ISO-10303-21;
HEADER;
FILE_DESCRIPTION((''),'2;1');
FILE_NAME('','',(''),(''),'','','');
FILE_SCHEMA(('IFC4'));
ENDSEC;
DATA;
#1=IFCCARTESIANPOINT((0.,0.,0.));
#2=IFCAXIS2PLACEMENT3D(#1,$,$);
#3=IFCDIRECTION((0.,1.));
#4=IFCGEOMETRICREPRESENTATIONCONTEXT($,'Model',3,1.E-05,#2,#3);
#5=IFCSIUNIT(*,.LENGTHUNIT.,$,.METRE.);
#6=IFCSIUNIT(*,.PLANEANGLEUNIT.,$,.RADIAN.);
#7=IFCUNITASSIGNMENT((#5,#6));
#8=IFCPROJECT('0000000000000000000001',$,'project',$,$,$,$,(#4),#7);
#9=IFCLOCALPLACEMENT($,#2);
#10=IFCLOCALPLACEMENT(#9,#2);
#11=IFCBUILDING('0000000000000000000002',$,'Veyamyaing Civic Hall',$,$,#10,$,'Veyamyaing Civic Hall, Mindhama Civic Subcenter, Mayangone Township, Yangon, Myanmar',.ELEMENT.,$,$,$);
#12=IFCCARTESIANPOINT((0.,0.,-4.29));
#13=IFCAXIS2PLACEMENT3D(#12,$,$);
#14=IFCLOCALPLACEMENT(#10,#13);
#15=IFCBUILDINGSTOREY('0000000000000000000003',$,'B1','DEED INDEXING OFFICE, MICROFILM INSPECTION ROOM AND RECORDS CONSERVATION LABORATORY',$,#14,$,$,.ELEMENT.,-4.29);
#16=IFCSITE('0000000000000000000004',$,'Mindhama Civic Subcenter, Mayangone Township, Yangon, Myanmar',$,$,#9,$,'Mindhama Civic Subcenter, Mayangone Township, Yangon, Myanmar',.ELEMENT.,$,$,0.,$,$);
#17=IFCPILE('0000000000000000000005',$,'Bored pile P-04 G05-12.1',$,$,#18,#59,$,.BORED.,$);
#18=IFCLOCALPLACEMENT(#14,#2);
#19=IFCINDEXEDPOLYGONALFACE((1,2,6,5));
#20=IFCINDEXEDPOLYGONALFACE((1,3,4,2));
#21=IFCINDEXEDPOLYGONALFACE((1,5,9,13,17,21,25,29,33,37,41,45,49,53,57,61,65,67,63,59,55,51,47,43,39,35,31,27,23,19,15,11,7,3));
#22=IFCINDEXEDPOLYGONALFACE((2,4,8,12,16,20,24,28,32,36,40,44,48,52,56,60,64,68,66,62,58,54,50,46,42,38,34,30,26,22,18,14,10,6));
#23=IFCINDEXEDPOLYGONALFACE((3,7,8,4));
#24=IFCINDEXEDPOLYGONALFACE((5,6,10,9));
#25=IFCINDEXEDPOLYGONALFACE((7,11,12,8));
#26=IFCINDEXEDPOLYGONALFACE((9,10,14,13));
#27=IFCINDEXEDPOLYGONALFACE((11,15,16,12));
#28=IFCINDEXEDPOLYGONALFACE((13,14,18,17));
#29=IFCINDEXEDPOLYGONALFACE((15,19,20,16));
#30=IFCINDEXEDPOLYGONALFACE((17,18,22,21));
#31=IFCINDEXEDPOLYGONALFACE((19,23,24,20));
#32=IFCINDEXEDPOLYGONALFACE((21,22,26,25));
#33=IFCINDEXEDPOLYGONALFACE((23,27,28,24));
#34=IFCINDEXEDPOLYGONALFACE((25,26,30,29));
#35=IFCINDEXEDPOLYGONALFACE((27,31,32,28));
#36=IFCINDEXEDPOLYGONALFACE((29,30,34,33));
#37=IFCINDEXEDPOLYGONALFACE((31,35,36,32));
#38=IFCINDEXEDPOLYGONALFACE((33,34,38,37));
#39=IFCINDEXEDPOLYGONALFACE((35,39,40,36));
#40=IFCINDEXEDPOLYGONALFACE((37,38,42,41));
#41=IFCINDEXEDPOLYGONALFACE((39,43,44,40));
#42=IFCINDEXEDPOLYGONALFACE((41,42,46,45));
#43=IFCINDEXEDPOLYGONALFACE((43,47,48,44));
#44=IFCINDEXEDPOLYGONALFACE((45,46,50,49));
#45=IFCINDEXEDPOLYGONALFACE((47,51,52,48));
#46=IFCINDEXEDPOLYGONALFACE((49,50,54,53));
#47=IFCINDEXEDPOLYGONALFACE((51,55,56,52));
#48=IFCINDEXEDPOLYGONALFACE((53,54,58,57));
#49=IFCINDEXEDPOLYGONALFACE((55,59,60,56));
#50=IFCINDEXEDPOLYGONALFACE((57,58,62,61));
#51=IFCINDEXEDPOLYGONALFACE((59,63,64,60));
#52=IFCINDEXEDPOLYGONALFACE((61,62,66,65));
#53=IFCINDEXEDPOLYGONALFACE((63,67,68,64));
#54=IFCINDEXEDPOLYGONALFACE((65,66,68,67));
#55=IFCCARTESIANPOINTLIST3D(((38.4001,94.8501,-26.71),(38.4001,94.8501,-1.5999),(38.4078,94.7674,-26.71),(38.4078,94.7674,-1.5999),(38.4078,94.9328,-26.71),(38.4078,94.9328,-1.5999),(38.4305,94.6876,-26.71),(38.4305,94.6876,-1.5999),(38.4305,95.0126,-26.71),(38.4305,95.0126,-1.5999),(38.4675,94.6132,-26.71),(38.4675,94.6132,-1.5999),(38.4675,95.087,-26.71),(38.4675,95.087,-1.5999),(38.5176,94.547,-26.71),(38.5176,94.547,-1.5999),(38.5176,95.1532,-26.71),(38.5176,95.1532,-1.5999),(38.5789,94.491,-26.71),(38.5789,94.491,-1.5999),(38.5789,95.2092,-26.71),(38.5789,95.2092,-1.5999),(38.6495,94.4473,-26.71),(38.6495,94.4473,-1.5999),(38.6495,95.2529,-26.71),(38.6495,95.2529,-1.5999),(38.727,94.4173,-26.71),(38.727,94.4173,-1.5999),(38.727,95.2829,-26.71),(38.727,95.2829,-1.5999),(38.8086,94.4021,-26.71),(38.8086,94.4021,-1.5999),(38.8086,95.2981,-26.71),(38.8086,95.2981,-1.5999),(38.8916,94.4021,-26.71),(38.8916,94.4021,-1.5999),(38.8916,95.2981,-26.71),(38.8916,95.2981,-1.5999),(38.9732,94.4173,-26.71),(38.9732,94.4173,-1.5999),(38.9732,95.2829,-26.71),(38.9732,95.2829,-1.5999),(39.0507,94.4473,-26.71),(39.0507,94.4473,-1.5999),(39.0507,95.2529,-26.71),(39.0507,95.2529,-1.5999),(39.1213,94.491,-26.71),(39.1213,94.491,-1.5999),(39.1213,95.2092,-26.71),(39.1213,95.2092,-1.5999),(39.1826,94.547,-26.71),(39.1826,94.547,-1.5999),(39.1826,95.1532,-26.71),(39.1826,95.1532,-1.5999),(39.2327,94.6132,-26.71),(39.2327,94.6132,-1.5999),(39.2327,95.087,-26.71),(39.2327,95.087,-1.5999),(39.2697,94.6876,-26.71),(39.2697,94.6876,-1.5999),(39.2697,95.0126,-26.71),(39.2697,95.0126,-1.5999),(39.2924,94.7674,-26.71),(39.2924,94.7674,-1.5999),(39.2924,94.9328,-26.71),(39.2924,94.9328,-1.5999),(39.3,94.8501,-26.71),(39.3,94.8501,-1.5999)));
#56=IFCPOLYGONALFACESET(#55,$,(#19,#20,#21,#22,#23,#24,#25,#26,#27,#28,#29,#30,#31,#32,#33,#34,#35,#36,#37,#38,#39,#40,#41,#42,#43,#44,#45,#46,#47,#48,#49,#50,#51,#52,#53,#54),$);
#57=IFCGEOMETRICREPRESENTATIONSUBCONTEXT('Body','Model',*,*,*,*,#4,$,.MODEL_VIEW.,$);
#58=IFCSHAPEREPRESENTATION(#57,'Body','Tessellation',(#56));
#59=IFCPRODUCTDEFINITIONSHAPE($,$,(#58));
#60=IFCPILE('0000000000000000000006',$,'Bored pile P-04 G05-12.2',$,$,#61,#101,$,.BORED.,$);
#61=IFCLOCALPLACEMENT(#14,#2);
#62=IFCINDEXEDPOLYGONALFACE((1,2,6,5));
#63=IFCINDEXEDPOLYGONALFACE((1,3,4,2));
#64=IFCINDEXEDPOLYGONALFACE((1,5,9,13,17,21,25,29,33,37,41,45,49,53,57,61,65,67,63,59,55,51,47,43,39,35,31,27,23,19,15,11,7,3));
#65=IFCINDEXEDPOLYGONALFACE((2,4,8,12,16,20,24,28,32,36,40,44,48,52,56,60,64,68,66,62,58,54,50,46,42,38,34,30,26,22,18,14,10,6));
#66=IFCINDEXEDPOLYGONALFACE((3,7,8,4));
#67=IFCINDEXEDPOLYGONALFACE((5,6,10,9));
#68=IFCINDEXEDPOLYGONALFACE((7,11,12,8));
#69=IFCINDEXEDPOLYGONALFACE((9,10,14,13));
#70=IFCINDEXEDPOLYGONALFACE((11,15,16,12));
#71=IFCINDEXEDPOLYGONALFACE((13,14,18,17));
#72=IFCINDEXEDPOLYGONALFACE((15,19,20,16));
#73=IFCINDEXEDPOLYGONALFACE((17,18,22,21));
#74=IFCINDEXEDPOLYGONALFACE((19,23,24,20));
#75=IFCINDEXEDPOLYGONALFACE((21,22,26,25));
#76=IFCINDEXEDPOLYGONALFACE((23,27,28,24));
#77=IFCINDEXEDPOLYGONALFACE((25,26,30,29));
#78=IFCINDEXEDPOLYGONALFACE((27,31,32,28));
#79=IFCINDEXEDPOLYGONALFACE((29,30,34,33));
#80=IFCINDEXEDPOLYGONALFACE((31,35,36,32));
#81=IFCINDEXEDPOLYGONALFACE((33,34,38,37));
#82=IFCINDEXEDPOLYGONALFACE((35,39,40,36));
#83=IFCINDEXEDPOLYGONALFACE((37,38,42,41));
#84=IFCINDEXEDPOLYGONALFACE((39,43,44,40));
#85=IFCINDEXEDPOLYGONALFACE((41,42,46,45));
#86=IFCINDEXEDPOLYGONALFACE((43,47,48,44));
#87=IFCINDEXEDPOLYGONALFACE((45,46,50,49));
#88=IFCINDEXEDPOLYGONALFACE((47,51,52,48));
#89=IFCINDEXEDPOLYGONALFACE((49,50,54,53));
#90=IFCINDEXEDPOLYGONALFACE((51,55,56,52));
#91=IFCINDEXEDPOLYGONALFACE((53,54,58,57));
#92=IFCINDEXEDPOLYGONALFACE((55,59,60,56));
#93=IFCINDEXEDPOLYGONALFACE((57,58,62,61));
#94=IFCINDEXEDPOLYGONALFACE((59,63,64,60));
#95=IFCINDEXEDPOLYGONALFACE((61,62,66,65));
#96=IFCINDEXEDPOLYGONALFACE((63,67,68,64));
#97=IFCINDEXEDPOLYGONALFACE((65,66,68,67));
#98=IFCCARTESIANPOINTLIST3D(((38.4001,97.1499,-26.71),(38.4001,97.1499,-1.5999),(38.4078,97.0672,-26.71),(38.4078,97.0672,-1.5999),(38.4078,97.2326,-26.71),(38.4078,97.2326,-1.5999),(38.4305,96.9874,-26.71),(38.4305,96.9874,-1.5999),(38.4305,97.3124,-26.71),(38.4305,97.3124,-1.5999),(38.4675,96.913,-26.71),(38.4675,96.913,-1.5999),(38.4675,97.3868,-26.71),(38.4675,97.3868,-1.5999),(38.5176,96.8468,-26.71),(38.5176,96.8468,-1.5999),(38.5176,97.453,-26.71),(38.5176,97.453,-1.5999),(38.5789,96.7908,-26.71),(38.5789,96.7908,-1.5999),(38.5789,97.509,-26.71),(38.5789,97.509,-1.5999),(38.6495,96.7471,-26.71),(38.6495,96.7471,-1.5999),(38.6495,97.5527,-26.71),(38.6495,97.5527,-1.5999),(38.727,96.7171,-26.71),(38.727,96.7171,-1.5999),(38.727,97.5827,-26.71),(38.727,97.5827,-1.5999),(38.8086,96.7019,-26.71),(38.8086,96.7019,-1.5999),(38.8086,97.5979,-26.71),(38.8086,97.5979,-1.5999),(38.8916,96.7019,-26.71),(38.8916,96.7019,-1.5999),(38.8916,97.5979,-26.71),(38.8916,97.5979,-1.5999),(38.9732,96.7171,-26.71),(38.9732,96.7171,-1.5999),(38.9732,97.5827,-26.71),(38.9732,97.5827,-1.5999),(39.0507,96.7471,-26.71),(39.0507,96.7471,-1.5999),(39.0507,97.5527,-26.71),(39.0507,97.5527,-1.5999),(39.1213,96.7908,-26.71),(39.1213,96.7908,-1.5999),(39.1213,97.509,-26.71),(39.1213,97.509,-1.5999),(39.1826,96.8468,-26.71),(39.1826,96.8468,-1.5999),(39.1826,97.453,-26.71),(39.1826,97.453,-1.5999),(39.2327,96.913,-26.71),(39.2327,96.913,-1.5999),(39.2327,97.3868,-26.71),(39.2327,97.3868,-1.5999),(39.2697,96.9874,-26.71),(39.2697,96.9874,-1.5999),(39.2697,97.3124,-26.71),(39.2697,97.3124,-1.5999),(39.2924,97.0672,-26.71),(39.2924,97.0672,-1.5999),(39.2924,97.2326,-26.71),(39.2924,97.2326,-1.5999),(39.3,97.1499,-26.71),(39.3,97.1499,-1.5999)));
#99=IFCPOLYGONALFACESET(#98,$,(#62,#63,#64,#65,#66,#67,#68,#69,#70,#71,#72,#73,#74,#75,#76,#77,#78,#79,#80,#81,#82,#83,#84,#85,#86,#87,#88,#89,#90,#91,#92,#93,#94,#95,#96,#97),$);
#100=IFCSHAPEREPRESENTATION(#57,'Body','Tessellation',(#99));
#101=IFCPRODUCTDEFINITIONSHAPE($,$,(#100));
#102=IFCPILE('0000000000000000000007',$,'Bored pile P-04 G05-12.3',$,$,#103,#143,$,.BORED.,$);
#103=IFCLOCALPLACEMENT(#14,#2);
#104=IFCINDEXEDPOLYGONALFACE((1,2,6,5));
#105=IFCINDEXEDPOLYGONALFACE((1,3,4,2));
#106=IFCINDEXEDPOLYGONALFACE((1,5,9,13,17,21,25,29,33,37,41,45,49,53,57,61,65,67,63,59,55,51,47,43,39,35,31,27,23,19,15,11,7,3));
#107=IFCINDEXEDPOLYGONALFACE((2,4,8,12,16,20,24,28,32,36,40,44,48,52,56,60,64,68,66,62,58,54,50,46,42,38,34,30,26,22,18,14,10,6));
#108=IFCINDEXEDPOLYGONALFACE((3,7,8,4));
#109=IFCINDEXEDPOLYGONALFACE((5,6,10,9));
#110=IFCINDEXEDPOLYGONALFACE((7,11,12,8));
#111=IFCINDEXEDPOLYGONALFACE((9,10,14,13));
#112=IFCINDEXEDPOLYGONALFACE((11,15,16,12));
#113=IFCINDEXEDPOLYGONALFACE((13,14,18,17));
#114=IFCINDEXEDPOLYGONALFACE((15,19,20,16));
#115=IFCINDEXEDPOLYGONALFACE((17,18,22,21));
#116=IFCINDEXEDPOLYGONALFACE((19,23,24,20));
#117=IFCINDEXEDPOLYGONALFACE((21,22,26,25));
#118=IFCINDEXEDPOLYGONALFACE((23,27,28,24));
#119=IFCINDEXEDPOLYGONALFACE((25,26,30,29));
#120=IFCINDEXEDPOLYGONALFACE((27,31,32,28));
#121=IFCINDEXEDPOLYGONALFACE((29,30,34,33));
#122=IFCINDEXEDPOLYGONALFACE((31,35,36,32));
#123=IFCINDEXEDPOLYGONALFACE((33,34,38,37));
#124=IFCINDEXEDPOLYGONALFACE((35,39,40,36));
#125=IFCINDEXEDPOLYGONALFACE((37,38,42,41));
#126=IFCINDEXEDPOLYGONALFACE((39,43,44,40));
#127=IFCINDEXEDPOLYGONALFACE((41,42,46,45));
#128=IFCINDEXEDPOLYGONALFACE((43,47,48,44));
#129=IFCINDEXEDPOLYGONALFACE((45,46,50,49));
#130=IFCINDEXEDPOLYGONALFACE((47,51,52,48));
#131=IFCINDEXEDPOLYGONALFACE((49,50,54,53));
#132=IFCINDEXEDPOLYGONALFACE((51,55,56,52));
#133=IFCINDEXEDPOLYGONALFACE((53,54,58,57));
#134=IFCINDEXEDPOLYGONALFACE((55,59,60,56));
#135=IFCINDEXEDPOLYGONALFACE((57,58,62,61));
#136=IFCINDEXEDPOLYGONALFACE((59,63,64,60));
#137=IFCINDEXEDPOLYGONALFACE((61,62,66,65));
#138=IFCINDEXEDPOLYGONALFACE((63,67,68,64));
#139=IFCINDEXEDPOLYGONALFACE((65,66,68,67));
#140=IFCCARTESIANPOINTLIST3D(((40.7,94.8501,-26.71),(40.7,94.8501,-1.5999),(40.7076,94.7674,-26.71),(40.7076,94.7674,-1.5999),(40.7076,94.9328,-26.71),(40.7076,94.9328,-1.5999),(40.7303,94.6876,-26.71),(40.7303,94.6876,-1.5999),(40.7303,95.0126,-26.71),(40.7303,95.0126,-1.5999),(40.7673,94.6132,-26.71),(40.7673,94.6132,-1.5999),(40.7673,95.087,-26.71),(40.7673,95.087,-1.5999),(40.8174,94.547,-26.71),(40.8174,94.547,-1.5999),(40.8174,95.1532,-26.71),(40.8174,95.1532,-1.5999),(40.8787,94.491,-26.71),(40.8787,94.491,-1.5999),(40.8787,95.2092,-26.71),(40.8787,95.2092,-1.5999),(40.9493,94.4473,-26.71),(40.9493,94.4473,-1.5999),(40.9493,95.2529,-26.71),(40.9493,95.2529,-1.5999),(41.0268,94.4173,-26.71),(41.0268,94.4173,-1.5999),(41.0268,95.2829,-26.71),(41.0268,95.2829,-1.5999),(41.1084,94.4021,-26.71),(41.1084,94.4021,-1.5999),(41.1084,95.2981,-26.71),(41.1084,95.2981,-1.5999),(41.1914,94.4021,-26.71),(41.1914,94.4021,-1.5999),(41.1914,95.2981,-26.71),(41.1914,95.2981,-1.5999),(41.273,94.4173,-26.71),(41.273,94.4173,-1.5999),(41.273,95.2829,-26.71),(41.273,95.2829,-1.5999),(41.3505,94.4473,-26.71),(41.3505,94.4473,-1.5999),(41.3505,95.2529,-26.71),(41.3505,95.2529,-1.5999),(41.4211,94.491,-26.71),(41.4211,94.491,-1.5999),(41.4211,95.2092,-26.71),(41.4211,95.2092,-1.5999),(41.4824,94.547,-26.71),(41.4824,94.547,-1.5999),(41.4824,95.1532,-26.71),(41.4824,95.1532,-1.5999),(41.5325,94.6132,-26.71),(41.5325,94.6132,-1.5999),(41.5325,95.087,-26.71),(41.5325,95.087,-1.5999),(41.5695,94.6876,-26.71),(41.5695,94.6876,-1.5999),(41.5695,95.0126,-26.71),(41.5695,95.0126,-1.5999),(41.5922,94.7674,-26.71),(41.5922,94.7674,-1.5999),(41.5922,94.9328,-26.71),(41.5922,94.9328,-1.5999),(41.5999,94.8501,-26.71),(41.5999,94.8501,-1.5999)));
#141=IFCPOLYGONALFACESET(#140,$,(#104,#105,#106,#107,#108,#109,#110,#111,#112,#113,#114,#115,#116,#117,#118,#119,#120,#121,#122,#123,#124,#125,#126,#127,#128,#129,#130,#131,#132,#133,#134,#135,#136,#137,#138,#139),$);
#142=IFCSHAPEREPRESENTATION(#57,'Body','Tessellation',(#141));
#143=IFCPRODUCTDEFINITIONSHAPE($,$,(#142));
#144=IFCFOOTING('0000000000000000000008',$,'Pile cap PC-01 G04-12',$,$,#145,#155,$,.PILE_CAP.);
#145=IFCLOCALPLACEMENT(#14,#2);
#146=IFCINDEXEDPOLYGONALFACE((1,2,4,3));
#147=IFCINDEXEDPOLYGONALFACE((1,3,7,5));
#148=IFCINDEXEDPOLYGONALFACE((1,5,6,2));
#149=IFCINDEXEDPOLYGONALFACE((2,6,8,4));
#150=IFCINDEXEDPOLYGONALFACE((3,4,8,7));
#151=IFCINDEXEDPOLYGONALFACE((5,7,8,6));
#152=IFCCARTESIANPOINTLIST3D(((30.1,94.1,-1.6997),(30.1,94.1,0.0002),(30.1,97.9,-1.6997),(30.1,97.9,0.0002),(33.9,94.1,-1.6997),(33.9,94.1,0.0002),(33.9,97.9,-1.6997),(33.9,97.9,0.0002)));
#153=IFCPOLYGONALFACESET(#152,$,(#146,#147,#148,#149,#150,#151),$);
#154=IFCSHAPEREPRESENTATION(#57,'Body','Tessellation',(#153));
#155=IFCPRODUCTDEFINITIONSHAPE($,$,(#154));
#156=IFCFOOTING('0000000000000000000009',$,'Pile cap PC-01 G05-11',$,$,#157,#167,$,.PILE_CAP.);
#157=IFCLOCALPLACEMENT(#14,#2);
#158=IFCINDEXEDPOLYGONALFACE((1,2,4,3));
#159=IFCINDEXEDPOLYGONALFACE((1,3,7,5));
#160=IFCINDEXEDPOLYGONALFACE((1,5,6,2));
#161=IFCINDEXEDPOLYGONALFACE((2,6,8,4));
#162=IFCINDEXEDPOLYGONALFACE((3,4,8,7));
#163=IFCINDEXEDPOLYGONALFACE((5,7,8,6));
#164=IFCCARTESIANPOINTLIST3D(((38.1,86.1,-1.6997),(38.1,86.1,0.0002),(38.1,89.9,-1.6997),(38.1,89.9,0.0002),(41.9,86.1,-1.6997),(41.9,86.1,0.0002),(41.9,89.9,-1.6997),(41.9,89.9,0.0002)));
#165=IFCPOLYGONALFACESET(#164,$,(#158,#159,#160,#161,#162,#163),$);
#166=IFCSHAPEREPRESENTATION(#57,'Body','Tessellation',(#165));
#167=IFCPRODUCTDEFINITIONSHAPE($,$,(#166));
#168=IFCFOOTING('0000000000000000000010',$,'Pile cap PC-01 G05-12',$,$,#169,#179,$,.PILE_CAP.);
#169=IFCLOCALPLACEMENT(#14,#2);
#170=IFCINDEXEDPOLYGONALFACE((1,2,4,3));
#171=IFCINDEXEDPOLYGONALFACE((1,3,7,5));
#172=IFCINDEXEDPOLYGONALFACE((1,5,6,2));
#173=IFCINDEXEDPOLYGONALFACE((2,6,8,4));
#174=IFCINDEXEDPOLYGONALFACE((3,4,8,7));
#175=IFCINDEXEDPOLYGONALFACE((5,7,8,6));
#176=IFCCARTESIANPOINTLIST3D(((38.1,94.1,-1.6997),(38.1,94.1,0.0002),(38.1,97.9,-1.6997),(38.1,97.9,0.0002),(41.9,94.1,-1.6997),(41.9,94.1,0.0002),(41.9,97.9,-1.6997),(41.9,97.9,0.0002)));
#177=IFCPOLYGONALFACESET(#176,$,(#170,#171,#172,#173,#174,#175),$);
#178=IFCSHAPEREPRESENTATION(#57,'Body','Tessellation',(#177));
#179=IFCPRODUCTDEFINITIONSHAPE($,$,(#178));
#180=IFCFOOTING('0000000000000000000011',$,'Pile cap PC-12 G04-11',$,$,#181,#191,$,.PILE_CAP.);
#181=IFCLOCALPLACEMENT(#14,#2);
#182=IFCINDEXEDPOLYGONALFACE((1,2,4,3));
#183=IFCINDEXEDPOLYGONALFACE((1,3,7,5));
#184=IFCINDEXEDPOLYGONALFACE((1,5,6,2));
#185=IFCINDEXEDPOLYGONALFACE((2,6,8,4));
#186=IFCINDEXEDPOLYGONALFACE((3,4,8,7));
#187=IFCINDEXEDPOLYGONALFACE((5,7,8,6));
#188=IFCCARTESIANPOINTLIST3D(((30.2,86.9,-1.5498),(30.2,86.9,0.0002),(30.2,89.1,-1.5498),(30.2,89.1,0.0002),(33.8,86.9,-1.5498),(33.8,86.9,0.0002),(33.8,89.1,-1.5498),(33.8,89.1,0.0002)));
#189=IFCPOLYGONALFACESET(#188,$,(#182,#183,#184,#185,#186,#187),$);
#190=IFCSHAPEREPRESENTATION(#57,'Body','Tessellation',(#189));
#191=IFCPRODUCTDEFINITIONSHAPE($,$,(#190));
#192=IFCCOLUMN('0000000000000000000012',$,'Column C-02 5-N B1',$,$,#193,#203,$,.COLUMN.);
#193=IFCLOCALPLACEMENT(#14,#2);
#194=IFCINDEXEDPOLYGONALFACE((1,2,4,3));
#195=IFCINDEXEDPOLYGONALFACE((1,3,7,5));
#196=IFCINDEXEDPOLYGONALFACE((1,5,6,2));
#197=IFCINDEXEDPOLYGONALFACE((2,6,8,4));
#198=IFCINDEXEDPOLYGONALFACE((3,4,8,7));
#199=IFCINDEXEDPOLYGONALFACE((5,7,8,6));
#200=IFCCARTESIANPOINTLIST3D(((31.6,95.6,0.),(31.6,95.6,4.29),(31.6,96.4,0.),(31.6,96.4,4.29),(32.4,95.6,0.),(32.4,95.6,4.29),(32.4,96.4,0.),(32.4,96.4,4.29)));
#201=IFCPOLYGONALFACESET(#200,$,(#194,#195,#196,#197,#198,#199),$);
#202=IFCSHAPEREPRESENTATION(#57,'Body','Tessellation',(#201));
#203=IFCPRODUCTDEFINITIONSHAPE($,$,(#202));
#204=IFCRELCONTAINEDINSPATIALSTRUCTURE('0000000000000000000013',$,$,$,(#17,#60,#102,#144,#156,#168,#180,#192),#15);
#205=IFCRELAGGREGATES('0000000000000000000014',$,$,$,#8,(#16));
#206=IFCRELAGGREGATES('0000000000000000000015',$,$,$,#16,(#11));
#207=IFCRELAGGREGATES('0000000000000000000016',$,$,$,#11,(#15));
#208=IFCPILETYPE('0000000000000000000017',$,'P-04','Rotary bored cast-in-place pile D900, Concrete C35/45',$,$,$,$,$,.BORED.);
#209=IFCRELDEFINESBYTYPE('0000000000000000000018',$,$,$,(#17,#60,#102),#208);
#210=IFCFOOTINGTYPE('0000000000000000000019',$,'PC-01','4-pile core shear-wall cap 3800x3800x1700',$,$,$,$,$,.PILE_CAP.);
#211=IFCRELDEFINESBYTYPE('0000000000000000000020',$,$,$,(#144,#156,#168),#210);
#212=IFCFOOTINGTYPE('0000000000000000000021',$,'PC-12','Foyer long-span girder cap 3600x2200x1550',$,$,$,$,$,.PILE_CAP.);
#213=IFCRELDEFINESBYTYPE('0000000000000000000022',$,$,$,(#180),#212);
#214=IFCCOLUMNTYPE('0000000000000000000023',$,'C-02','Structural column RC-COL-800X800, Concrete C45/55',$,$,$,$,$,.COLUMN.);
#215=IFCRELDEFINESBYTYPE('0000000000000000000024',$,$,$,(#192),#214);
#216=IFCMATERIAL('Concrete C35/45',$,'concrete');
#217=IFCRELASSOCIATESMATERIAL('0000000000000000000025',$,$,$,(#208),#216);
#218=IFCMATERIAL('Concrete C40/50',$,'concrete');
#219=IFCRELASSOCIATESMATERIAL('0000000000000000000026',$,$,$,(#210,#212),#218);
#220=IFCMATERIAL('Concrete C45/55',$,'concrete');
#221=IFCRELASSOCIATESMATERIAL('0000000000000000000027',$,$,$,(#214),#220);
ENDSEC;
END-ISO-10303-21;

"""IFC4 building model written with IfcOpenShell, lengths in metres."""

from ifc_helpers import new_model, si_unit, direction, frame, origin, origin_2d, place, context, subcontext, project, spatial, rectangle, circle, extrude, material, material_profile, profile_set, type_object, element, save


model = new_model("IFC4")

# Units and contexts
model_context = context("Model", 3, precision=1e-05, world=origin(), true_north=direction((0.0, 1.0)))
body_context = subcontext(model_context, "Body", "Model", "MODEL_VIEW")
ifc_project = project(units=[si_unit("LENGTHUNIT", "METRE"), si_unit("PLANEANGLEUNIT", "RADIAN")], contexts=[model_context])

# Site, building, storey
site_placement = place(None, origin())
site = spatial("IfcSite", under=ifc_project, at=site_placement, Name="Mindhama Civic Subcenter, Mayangone Township, Yangon, Myanmar", LongName="Mindhama Civic Subcenter, Mayangone Township, Yangon, Myanmar", CompositionType="ELEMENT", RefElevation=0.0)
building_placement = place(site_placement, origin())
building = spatial("IfcBuilding", under=site, at=building_placement, Name="Veyamyaing Civic Hall", LongName="Veyamyaing Civic Hall, Mindhama Civic Subcenter, Mayangone Township, Yangon, Myanmar", CompositionType="ELEMENT")
storey_placement = place(building_placement, frame((0.0, 0.0, -4.29)))
storey = spatial("IfcBuildingStorey", under=building, at=storey_placement, Name="B1", Description="DEED INDEXING OFFICE, MICROFILM INSPECTION ROOM AND RECORDS CONSERVATION LABORATORY", CompositionType="ELEMENT", Elevation=-4.29)

# Shared definitions
ifc_material_1 = material(Name="Concrete C40/50", Category="concrete")

# Piles
ifc_material_2 = material(Name="Concrete C35/45", Category="concrete")
ifc_material_profile_1 = material_profile(ifc_material_2, circle(Radius=0.45, at=origin_2d()), Name="PILE-D900")
ifc_profile_set_1 = profile_set([ifc_material_profile_1], Name="Concrete C35/45")
pile_type_1 = type_object("IfcPileType", Name="P-04", Description="Rotary bored cast-in-place pile D900, Concrete C35/45", PredefinedType="BORED", material=ifc_profile_set_1)
for number, where, z_axis, x_axis, name in (
    (1, (38.8501, 94.8501, -1.5999), (0.0, 0.0, -1.0), (1.0, 0.0, 0.0), "Bored pile P-04 G05-12.1"),
    (2, (38.8501, 97.1499, -1.5999), (0.0, 0.0, -1.0), (1.0, 0.0, 0.0), "Bored pile P-04 G05-12.2"),
    (3, (41.1499, 94.8501, -1.5999), (0.0, 0.0, -1.0), (1.0, 0.0, 0.0), "Bored pile P-04 G05-12.3"),
):
    element("IfcPile", number, at=place(storey_placement, frame(where, z_axis=z_axis, x_axis=x_axis)), inside=storey, type_object=pile_type_1, Name=name, PredefinedType="BORED", context=body_context, shape_type="SweptSolid", body=[
        extrude(circle(Radius=0.45, at=origin_2d()), origin(), (0.0, 0.0, 1.0), 25.1101),
    ])

# Footings
footing_type_1 = type_object("IfcFootingType", Name="PC-01", Description="4-pile core shear-wall cap 3800x3800x1700", PredefinedType="PILE_CAP", material=ifc_material_1)
for number, where, z_axis, x_axis, name in (
    (4, (32.0, 96.0, -1.6997), (0.0, 0.0, 1.0), (1.0, 0.0, 0.0), "Pile cap PC-01 G04-12"),
    (5, (40.0, 88.0, -1.6997), (0.0, 0.0, 1.0), (1.0, 0.0, 0.0), "Pile cap PC-01 G05-11"),
    (6, (40.0, 96.0, -1.6997), (0.0, 0.0, 1.0), (1.0, 0.0, 0.0), "Pile cap PC-01 G05-12"),
):
    element("IfcFooting", number, at=place(storey_placement, frame(where, z_axis=z_axis, x_axis=x_axis)), inside=storey, type_object=footing_type_1, Name=name, PredefinedType="PILE_CAP", context=body_context, shape_type="SweptSolid", body=[
        extrude(rectangle(XDim=3.8, YDim=3.8, at=origin_2d()), origin(), (0.0, 0.0, 1.0), 1.7),
    ])
footing_type_2 = type_object("IfcFootingType", Name="PC-12", Description="Foyer long-span girder cap 3600x2200x1550", PredefinedType="PILE_CAP", material=ifc_material_1)
footing_1_placement = place(storey_placement, frame((32.0, 88.0, -1.5498), z_axis=(0.0, 0.0, 1.0), x_axis=(1.0, 0.0, 0.0)))
element("IfcFooting", 7, at=footing_1_placement, inside=storey, type_object=footing_type_2, Name="Pile cap PC-12 G04-11", PredefinedType="PILE_CAP", context=body_context, shape_type="SweptSolid", body=[
    extrude(rectangle(XDim=3.6001, YDim=2.2, at=origin_2d()), origin(), (0.0, 0.0, 1.0), 1.55),
])

# Column
ifc_material_3 = material(Name="Concrete C45/55", Category="concrete")
ifc_material_profile_2 = material_profile(ifc_material_3, rectangle(XDim=0.8, YDim=0.8, at=origin_2d()), Name="RC-COL-800X800")
ifc_profile_set_2 = profile_set([ifc_material_profile_2], Name="Concrete C45/55")
column_type_1 = type_object("IfcColumnType", Name="C-02", Description="Structural column RC-COL-800X800, Concrete C45/55", PredefinedType="COLUMN", material=ifc_profile_set_2)
for number, where, z_axis, x_axis, name in (
    (8, (32.0, 96.0, 0.0), (0.0, 0.0, 1.0), (1.0, 0.0, 0.0), "Column C-02 5-N B1"),
):
    element("IfcColumn", number, at=place(storey_placement, frame(where, z_axis=z_axis, x_axis=x_axis)), inside=storey, type_object=column_type_1, Name=name, PredefinedType="COLUMN", context=body_context, shape_type="SweptSolid", body=[
        extrude(rectangle(XDim=0.8, YDim=0.8, at=origin_2d()), origin(), (0.0, 0.0, 1.0), 4.29),
    ])

save(model, "model.ifc")
